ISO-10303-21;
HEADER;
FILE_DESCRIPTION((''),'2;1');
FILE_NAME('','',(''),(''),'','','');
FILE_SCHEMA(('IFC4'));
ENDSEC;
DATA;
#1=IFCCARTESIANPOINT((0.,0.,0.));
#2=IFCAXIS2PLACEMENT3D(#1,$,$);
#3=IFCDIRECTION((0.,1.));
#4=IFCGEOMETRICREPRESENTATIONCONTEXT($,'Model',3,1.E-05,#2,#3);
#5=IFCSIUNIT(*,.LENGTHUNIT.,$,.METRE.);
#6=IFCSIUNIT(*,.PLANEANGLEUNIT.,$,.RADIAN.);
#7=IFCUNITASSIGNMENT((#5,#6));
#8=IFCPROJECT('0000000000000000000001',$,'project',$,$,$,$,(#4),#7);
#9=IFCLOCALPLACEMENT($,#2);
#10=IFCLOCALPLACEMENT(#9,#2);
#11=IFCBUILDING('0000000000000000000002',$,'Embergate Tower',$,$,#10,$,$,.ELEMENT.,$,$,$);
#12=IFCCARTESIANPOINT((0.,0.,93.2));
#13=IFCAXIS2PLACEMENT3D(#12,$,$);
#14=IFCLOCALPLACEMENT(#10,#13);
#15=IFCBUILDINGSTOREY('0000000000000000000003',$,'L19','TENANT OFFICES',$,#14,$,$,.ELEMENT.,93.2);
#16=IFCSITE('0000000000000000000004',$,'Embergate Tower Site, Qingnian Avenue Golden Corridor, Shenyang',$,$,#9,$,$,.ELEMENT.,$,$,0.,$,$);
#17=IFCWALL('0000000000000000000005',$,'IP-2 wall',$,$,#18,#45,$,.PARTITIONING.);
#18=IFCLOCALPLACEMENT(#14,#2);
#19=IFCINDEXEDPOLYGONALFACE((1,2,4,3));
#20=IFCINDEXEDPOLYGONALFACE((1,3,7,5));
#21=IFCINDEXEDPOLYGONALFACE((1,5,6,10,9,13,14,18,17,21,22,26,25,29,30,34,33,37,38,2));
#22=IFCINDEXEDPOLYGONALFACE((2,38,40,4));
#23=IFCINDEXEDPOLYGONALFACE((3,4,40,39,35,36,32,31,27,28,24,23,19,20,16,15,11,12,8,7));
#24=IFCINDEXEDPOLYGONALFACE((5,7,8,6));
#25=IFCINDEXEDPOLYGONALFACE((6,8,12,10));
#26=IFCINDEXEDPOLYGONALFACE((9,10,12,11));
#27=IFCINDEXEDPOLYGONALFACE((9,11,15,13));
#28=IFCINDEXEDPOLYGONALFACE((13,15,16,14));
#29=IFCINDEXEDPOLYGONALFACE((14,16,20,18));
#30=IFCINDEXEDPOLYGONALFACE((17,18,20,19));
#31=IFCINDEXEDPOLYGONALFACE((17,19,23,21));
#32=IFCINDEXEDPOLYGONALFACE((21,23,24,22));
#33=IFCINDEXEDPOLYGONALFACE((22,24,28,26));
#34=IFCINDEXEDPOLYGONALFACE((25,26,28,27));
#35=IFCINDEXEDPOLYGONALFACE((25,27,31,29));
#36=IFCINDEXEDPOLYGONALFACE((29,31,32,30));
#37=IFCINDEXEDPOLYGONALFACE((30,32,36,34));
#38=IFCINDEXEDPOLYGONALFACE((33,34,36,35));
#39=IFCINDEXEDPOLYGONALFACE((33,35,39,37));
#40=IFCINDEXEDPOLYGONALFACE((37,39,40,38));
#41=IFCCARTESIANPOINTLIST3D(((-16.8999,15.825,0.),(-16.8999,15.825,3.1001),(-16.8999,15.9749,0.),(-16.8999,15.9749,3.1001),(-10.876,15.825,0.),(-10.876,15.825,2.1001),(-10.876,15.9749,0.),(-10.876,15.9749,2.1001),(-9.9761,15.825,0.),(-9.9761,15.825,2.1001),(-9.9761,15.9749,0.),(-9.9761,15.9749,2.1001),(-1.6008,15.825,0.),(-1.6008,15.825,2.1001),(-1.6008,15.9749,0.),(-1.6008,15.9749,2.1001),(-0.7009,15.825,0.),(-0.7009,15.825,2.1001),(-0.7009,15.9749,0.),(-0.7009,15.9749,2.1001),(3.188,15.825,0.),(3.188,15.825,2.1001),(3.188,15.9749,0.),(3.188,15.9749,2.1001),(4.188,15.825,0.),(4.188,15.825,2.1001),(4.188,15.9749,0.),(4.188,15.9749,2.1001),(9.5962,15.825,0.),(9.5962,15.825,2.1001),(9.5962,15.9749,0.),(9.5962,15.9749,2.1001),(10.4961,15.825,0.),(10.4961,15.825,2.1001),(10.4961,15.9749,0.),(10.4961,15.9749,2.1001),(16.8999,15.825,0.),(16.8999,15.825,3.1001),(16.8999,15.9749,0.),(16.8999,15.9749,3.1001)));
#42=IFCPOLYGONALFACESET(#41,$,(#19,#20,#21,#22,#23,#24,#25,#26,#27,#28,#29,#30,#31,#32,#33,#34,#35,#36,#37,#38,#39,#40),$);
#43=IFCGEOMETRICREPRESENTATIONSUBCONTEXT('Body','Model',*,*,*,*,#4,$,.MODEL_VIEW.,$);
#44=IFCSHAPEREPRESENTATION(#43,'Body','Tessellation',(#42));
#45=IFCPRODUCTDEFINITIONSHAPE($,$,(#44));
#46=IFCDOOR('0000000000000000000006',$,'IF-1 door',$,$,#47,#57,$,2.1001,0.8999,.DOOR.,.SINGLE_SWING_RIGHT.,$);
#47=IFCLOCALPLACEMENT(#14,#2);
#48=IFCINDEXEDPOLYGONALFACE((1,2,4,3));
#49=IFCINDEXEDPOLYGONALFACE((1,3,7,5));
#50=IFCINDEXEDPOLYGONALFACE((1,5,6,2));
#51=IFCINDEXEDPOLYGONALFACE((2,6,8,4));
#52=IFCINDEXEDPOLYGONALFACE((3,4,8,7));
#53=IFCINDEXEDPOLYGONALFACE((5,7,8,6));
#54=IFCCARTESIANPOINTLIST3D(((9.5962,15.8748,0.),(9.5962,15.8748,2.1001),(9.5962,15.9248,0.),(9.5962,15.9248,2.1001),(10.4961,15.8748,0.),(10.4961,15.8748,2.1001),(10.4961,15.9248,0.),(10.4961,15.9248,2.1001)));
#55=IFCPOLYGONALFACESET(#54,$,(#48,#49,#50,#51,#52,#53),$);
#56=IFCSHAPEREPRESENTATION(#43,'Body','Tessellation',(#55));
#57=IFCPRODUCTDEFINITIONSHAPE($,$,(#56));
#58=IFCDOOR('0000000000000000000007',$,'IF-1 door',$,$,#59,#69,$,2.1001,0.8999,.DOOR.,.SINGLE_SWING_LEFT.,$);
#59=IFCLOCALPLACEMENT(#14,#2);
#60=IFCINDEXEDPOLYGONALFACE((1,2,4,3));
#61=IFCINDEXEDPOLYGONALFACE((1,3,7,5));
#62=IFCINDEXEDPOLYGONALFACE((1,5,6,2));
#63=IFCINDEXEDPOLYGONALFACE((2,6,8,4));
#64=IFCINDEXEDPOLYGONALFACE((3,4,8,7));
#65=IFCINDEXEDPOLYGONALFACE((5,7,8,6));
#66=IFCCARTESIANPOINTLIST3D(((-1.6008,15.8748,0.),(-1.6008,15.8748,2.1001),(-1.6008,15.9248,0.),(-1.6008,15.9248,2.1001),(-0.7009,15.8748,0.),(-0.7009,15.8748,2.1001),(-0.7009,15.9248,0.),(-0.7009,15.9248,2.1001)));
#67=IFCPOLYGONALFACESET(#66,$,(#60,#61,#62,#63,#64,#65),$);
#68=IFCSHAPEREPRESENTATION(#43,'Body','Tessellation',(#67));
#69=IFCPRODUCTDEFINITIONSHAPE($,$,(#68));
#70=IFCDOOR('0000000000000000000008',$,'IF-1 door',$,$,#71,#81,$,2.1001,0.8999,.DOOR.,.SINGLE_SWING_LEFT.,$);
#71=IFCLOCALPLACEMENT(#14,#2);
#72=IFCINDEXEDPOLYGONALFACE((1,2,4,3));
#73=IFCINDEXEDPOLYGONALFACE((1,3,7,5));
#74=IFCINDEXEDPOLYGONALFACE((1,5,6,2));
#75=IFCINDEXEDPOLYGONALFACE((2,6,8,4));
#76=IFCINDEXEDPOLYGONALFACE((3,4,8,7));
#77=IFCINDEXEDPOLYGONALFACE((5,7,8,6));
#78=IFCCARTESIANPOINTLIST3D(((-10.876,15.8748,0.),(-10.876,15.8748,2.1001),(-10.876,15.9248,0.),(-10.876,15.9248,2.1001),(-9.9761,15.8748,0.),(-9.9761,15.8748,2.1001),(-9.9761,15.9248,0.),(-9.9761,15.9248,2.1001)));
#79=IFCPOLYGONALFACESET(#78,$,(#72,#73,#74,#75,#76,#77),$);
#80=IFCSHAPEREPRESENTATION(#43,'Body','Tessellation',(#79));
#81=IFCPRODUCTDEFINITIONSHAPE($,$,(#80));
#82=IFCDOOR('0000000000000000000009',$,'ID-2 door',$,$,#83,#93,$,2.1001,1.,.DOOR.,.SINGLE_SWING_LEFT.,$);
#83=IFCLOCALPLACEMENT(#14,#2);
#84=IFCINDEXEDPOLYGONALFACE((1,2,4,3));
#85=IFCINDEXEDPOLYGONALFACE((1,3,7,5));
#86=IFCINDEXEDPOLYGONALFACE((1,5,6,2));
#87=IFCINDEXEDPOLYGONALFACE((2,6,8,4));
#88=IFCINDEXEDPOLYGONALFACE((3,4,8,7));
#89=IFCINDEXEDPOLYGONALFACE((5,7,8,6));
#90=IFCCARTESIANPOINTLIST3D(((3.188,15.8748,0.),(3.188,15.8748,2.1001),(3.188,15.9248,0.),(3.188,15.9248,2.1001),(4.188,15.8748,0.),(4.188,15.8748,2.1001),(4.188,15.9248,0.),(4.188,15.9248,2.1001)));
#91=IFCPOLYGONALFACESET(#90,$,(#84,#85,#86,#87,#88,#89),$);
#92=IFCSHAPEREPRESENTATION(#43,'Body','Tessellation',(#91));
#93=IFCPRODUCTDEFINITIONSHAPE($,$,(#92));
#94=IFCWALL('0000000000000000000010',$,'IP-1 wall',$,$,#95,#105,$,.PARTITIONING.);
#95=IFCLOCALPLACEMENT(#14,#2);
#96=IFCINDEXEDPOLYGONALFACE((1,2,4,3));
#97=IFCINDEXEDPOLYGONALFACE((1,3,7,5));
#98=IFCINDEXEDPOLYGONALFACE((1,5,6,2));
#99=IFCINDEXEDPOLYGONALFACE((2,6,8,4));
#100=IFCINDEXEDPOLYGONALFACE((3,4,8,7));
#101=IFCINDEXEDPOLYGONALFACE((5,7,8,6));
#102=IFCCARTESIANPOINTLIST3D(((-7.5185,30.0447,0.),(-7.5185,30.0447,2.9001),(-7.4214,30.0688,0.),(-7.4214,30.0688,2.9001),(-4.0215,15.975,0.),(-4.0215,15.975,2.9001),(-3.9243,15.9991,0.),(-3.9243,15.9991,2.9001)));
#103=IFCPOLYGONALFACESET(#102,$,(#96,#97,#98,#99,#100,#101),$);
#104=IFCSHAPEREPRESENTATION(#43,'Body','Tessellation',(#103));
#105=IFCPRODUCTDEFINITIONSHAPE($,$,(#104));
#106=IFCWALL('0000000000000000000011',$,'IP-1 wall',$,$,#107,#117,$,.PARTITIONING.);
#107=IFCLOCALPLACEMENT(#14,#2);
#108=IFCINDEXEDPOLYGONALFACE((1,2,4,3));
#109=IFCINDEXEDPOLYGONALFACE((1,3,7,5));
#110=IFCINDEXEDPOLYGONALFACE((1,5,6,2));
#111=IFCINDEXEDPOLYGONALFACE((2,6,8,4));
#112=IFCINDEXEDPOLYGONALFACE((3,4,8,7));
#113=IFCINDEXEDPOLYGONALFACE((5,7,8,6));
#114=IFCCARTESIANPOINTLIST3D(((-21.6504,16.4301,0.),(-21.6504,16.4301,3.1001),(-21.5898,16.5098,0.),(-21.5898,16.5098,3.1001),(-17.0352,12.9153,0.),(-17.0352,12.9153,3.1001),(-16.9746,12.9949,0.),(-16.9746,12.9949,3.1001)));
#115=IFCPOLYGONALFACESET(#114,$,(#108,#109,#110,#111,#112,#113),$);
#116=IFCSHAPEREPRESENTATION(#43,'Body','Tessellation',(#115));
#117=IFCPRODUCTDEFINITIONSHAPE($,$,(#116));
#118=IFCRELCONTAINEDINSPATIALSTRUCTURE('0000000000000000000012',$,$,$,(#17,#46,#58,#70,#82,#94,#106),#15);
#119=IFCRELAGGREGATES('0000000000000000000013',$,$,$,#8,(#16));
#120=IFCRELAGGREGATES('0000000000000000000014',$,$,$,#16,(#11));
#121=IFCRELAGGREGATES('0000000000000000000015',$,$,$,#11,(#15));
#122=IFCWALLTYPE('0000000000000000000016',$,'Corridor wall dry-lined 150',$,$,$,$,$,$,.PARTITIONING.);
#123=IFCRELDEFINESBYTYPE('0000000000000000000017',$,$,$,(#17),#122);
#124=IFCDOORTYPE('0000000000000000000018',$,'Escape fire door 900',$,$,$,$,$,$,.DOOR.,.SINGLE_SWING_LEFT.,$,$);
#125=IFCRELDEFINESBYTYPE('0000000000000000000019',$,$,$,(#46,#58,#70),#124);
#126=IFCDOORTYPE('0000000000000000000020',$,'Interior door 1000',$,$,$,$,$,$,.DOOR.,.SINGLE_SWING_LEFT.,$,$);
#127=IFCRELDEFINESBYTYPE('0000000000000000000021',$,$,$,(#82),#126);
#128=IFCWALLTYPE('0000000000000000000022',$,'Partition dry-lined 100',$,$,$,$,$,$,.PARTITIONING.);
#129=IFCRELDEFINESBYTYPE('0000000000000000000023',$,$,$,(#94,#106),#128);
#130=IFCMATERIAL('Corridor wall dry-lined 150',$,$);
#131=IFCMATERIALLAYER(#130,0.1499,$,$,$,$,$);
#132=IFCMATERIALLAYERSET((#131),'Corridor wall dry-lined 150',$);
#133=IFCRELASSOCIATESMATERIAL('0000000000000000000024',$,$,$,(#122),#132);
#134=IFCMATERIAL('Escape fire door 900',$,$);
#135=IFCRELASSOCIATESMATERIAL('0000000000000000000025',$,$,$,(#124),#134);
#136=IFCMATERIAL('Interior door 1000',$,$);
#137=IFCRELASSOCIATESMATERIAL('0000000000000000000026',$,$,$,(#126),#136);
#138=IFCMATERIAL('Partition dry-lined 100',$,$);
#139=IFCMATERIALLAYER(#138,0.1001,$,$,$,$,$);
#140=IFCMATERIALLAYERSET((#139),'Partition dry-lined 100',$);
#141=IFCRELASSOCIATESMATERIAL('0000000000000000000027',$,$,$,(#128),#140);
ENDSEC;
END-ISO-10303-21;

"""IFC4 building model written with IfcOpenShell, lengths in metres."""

from ifc_helpers import new_model, si_unit, direction, frame, frame_2d, origin, place, context, subcontext, project, spatial, rectangle, extrude, source, transform, mapped, material, layer, layer_set, type_object, element, fill, save


model = new_model("IFC4")

# Units and contexts
model_context = context("Model", 3, precision=1e-05, world=origin(), true_north=direction((0.0, 1.0)))
body_context = subcontext(model_context, "Body", "Model", "MODEL_VIEW")
ifc_project = project(units=[si_unit("LENGTHUNIT", "METRE"), si_unit("PLANEANGLEUNIT", "RADIAN")], contexts=[model_context])

# Site, building, storey
site_placement = place(None, origin())
site = spatial("IfcSite", under=ifc_project, at=site_placement, Name="Embergate Tower Site, Qingnian Avenue Golden Corridor, Shenyang", CompositionType="ELEMENT", RefElevation=0.0)
building_placement = place(site_placement, origin())
building = spatial("IfcBuilding", under=site, at=building_placement, Name="Embergate Tower", CompositionType="ELEMENT")
storey_placement = place(building_placement, frame((0.0, 0.0, 93.2)))
storey = spatial("IfcBuildingStorey", under=building, at=storey_placement, Name="L19", Description="TENANT OFFICES", CompositionType="ELEMENT", Elevation=93.2)

# Wall, openings, doors
ifc_material_1 = material(Name="Corridor wall dry-lined 150")
ifc_layer_1 = layer(ifc_material_1, 0.1499)
ifc_layer_set_1 = layer_set([ifc_layer_1], Name="Corridor wall dry-lined 150")
wall_type_1 = type_object("IfcWallType", Name="Corridor wall dry-lined 150", PredefinedType="PARTITIONING", material=ifc_layer_set_1)
shared_shape_1 = source(origin(), body_context, "Body", "SweptSolid", [
    extrude(rectangle(XDim=33.7998, YDim=0.1499, at=frame_2d((16.8999, 0.0))), origin(), (0.0, 0.0, 1.0), 3.1001),
])
wall_1_placement = place(storey_placement, frame((-16.8999, 15.8999, 0.0), z_axis=(0.0, 0.0, 1.0), x_axis=(1.0, 0.0, 0.0)))
wall_1 = element("IfcWall", 1, at=wall_1_placement, inside=storey, type_object=wall_type_1, Name="IP-2 wall", PredefinedType="PARTITIONING", context=body_context, shape_type="MappedRepresentation", body=[
    mapped(shared_shape_1, transform((0.0, 0.0, 0.0))),
])
shared_shape_2 = source(origin(), body_context, "Body", "SweptSolid", [
    extrude(rectangle(XDim=0.8999, YDim=2.1001, at=frame_2d((0.45, 1.05))), frame((0.0, 0.085, 0.0), z_axis=(0.0, -1.0, 0.0), x_axis=(1.0, 0.0, 0.0)), (0.0, 0.0, 1.0), 0.1699),
])
opening_1_placement = place(wall_1_placement, frame((26.4961, 0.0, 0.0)))
opening_1 = element("IfcOpeningElement", 2, at=opening_1_placement, cuts=wall_1, PredefinedType="OPENING", context=body_context, shape_type="MappedRepresentation", body=[
    mapped(shared_shape_2, transform((0.0, 0.0, 0.0))),
])
shared_shape_3 = source(origin(), body_context, "Body", "SweptSolid", [
    extrude(rectangle(XDim=1.0, YDim=2.1001, at=frame_2d((0.5, 1.05))), frame((0.0, 0.085, 0.0), z_axis=(0.0, -1.0, 0.0), x_axis=(1.0, 0.0, 0.0)), (0.0, 0.0, 1.0), 0.1699),
])
opening_2_placement = place(wall_1_placement, frame((20.0879, 0.0, 0.0)))
opening_2 = element("IfcOpeningElement", 3, at=opening_2_placement, cuts=wall_1, PredefinedType="OPENING", context=body_context, shape_type="MappedRepresentation", body=[
    mapped(shared_shape_3, transform((0.0, 0.0, 0.0))),
])
opening_3_placement = place(wall_1_placement, frame((15.2991, 0.0, 0.0)))
opening_3 = element("IfcOpeningElement", 4, at=opening_3_placement, cuts=wall_1, PredefinedType="OPENING", context=body_context, shape_type="MappedRepresentation", body=[
    mapped(shared_shape_2, transform((0.0, 0.0, 0.0))),
])
opening_4_placement = place(wall_1_placement, frame((6.0239, 0.0, 0.0)))
opening_4 = element("IfcOpeningElement", 5, at=opening_4_placement, cuts=wall_1, PredefinedType="OPENING", context=body_context, shape_type="MappedRepresentation", body=[
    mapped(shared_shape_2, transform((0.0, 0.0, 0.0))),
])
ifc_material_2 = material(Name="Escape fire door 900")
door_type_1 = type_object("IfcDoorType", Name="Escape fire door 900", OperationType="SINGLE_SWING_LEFT", PredefinedType="DOOR", material=ifc_material_2)
shared_shape_4 = source(origin(), body_context, "Body", "SweptSolid", [
    extrude(rectangle(XDim=0.8999, YDim=2.1001, at=frame_2d((0.45, 1.05))), frame((0.0, 0.0249, 0.0), z_axis=(0.0, -1.0, 0.0), x_axis=(1.0, 0.0, 0.0)), (0.0, 0.0, 1.0), 0.05),
])
door_1_placement = place(opening_1_placement, origin())
door_1 = element("IfcDoor", 6, at=door_1_placement, inside=storey, type_object=door_type_1, Name="IF-1 door", OperationType="SINGLE_SWING_RIGHT", OverallHeight=2.1001, OverallWidth=0.8999, PredefinedType="DOOR", context=body_context, shape_type="MappedRepresentation", body=[
    mapped(shared_shape_4, transform((0.0, 0.0, 0.0))),
])
fill(opening_1, door_1)
door_2_placement = place(opening_3_placement, origin())
door_2 = element("IfcDoor", 7, at=door_2_placement, inside=storey, type_object=door_type_1, Name="IF-1 door", OperationType="SINGLE_SWING_LEFT", OverallHeight=2.1001, OverallWidth=0.8999, PredefinedType="DOOR", context=body_context, shape_type="MappedRepresentation", body=[
    mapped(shared_shape_4, transform((0.0, 0.0, 0.0))),
])
fill(opening_3, door_2)
door_3_placement = place(opening_4_placement, origin())
door_3 = element("IfcDoor", 8, at=door_3_placement, inside=storey, type_object=door_type_1, Name="IF-1 door", OperationType="SINGLE_SWING_LEFT", OverallHeight=2.1001, OverallWidth=0.8999, PredefinedType="DOOR", context=body_context, shape_type="MappedRepresentation", body=[
    mapped(shared_shape_4, transform((0.0, 0.0, 0.0))),
])
fill(opening_4, door_3)
ifc_material_3 = material(Name="Interior door 1000")
door_type_2 = type_object("IfcDoorType", Name="Interior door 1000", OperationType="SINGLE_SWING_LEFT", PredefinedType="DOOR", material=ifc_material_3)
shared_shape_5 = source(origin(), body_context, "Body", "SweptSolid", [
    extrude(rectangle(XDim=1.0, YDim=2.1001, at=frame_2d((0.5, 1.05))), frame((0.0, 0.0249, 0.0), z_axis=(0.0, -1.0, 0.0), x_axis=(1.0, 0.0, 0.0)), (0.0, 0.0, 1.0), 0.05),
])
door_4_placement = place(opening_2_placement, origin())
door_4 = element("IfcDoor", 9, at=door_4_placement, inside=storey, type_object=door_type_2, Name="ID-2 door", OperationType="SINGLE_SWING_LEFT", OverallHeight=2.1001, OverallWidth=1.0, PredefinedType="DOOR", context=body_context, shape_type="MappedRepresentation", body=[
    mapped(shared_shape_5, transform((0.0, 0.0, 0.0))),
])
fill(opening_2, door_4)

# Walls
ifc_material_4 = material(Name="Partition dry-lined 100")
ifc_layer_2 = layer(ifc_material_4, 0.1001)
ifc_layer_set_2 = layer_set([ifc_layer_2], Name="Partition dry-lined 100")
wall_type_2 = type_object("IfcWallType", Name="Partition dry-lined 100", PredefinedType="PARTITIONING", material=ifc_layer_set_2)
shared_shape_6 = source(origin(), body_context, "Body", "SweptSolid", [
    extrude(rectangle(XDim=14.4978, YDim=0.1001, at=frame_2d((7.249, 0.0))), origin(), (0.0, 0.0, 1.0), 2.9001),
])
wall_2_placement = place(storey_placement, frame((-7.47, 30.0569, 0.0), z_axis=(0.0, 0.0, 1.0), x_axis=(0.241212, -0.970472, 0.0)))
element("IfcWall", 10, at=wall_2_placement, inside=storey, type_object=wall_type_2, Name="IP-1 wall", PredefinedType="PARTITIONING", context=body_context, shape_type="MappedRepresentation", body=[
    mapped(shared_shape_6, transform((0.0, 0.0, 0.0))),
])
shared_shape_7 = source(origin(), body_context, "Body", "SweptSolid", [
    extrude(rectangle(XDim=5.8013, YDim=0.1001, at=frame_2d((2.9006, 0.0))), origin(), (0.0, 0.0, 1.0), 3.1001),
])
wall_3_placement = place(storey_placement, frame((-17.0049, 12.9551, 0.0), z_axis=(0.0, 0.0, 1.0), x_axis=(-0.795554, 0.605882, 0.0)))
element("IfcWall", 11, at=wall_3_placement, inside=storey, type_object=wall_type_2, Name="IP-1 wall", PredefinedType="PARTITIONING", context=body_context, shape_type="MappedRepresentation", body=[
    mapped(shared_shape_7, transform((0.0, 0.0, 0.0))),
])

save(model, "model.ifc")
